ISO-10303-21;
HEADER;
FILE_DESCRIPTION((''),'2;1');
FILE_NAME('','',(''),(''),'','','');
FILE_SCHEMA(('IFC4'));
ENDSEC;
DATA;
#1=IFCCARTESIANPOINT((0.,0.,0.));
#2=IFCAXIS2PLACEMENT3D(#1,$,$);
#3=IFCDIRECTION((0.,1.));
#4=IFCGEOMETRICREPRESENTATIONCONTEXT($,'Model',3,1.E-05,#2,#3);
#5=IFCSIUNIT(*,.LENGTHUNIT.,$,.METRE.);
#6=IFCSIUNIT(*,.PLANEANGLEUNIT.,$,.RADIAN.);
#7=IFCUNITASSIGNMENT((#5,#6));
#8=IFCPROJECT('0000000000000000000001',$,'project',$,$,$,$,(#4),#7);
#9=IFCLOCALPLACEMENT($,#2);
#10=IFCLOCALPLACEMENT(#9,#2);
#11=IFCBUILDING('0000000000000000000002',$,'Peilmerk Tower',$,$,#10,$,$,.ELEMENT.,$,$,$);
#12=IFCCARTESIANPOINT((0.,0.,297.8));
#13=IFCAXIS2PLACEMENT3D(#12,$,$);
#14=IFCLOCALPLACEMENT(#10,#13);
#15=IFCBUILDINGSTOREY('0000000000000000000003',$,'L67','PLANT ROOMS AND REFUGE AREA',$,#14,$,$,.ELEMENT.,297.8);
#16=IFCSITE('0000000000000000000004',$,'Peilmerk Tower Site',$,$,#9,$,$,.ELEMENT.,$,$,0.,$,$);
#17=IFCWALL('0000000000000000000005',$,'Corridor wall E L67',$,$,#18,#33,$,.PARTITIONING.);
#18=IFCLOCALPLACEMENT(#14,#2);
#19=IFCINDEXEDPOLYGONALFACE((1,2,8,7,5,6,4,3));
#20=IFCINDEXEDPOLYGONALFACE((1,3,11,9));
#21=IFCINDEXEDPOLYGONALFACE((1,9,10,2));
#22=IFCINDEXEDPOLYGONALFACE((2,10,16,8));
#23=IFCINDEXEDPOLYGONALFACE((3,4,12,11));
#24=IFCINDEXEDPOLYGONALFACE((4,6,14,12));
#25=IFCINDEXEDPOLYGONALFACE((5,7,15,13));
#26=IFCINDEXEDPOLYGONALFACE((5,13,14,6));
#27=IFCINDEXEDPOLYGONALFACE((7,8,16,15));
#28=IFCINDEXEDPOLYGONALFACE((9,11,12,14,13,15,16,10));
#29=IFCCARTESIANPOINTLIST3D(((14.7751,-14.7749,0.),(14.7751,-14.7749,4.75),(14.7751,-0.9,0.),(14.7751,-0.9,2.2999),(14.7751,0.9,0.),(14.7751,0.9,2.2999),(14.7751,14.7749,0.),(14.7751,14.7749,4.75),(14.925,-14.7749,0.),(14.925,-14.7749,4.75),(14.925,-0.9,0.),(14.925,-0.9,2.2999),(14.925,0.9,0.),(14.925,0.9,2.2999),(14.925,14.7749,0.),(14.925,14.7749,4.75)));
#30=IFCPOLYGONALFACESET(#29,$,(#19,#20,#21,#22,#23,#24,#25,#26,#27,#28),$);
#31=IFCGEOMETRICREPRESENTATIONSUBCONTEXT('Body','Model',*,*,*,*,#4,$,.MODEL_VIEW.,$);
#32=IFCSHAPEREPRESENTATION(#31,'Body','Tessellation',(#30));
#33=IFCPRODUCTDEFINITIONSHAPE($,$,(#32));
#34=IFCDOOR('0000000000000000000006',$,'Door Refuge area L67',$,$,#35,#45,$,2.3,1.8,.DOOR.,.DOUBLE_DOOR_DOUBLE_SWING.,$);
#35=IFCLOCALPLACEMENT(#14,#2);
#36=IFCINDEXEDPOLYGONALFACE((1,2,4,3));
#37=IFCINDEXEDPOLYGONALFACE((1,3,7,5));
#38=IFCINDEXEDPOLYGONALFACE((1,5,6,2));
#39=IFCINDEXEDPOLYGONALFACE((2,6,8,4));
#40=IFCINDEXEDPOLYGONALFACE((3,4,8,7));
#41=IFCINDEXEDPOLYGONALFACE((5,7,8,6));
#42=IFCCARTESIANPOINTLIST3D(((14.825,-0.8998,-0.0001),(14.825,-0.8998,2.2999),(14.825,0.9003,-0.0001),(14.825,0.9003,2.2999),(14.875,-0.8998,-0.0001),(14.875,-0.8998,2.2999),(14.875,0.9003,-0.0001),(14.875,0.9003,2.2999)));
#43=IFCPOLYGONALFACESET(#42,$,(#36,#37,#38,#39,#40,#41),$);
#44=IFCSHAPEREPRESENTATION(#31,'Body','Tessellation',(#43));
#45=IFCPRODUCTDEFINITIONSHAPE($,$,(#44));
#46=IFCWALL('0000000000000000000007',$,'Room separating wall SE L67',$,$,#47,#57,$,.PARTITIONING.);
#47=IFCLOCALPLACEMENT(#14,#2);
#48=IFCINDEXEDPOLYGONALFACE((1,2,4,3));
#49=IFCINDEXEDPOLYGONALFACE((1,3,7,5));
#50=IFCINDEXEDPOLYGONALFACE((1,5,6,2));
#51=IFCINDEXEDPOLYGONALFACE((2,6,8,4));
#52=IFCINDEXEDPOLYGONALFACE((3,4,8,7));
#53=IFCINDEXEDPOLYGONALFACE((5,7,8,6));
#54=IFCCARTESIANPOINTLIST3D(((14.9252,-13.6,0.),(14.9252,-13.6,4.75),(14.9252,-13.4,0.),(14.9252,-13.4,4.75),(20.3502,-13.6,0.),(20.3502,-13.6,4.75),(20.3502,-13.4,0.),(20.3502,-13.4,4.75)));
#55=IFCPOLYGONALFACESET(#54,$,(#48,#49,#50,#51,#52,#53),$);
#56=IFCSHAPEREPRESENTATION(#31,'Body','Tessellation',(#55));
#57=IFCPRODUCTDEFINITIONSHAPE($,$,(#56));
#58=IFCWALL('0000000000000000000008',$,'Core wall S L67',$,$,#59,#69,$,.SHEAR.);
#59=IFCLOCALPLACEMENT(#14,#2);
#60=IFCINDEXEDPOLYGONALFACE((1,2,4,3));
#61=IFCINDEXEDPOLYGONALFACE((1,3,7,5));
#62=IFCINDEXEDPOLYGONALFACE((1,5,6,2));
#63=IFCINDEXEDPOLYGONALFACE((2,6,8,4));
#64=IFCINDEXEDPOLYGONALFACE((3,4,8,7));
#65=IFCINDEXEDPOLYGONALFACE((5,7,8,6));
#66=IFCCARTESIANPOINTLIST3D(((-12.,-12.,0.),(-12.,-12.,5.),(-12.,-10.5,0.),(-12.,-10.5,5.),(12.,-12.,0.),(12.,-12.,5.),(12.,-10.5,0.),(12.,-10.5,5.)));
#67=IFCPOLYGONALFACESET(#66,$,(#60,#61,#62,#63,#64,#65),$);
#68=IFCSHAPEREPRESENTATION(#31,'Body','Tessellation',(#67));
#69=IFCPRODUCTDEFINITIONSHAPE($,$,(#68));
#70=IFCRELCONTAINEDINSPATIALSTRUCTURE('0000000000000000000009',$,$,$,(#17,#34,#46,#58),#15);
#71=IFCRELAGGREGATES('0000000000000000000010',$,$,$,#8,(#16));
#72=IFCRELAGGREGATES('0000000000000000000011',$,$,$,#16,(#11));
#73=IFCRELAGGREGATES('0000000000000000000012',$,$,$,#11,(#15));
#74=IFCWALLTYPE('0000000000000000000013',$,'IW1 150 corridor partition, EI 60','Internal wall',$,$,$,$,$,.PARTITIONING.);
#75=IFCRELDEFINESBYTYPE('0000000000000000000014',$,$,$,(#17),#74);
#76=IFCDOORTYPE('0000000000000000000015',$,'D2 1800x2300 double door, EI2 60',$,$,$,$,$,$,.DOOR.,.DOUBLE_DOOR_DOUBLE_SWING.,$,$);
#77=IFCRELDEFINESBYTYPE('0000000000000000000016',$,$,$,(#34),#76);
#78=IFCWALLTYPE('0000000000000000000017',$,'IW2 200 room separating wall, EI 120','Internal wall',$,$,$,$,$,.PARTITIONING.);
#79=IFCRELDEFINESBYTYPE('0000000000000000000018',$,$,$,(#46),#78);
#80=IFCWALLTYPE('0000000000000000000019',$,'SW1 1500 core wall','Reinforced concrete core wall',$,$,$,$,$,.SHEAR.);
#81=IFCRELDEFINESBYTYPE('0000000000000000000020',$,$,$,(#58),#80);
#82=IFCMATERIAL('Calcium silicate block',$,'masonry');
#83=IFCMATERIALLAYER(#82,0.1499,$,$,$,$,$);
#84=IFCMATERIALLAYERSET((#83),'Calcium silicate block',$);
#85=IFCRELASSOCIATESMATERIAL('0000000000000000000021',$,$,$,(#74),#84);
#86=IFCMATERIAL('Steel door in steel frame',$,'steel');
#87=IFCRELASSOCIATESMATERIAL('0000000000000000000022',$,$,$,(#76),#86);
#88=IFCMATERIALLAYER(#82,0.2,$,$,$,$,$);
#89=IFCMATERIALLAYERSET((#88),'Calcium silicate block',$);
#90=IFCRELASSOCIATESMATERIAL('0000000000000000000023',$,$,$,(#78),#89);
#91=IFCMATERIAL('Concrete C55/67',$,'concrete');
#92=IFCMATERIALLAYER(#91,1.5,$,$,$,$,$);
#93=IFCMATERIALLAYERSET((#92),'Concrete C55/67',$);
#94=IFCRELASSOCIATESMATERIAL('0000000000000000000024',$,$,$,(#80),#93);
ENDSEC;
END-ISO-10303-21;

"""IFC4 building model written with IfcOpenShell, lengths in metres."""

from ifc_helpers import new_model, si_unit, direction, frame, frame_2d, origin, place, context, subcontext, project, spatial, rectangle, extrude, material, layer, layer_set, type_object, element, fill, save


model = new_model("IFC4")

# Units and contexts
model_context = context("Model", 3, precision=1e-05, world=origin(), true_north=direction((0.0, 1.0)))
body_context = subcontext(model_context, "Body", "Model", "MODEL_VIEW")
ifc_project = project(units=[si_unit("LENGTHUNIT", "METRE"), si_unit("PLANEANGLEUNIT", "RADIAN")], contexts=[model_context])

# Site, building, storey
site_placement = place(None, origin())
site = spatial("IfcSite", under=ifc_project, at=site_placement, Name="Peilmerk Tower Site", CompositionType="ELEMENT", RefElevation=0.0)
building_placement = place(site_placement, origin())
building = spatial("IfcBuilding", under=site, at=building_placement, Name="Peilmerk Tower", CompositionType="ELEMENT")
storey_placement = place(building_placement, frame((0.0, 0.0, 297.8)))
storey = spatial("IfcBuildingStorey", under=building, at=storey_placement, Name="L67", Description="PLANT ROOMS AND REFUGE AREA", CompositionType="ELEMENT", Elevation=297.8)

# Wall, opening, door
ifc_material_1 = material(Name="Calcium silicate block", Category="masonry")
ifc_layer_1 = layer(ifc_material_1, 0.1499)
ifc_layer_set_1 = layer_set([ifc_layer_1], Name="Calcium silicate block")
wall_type_1 = type_object("IfcWallType", Name="IW1 150 corridor partition, EI 60", Description="Internal wall", PredefinedType="PARTITIONING", material=ifc_layer_set_1)
ifc_material_2 = material(Name="Steel door in steel frame", Category="steel")
door_type = type_object("IfcDoorType", Name="D2 1800x2300 double door, EI2 60", OperationType="DOUBLE_DOOR_DOUBLE_SWING", PredefinedType="DOOR", material=ifc_material_2)
wall_1_placement = place(storey_placement, frame((14.8501, -14.7749, 0.0), z_axis=(0.0, 0.0, 1.0), x_axis=(0.0, 1.0, 0.0)))
wall_1 = element("IfcWall", 1, at=wall_1_placement, inside=storey, type_object=wall_type_1, Name="Corridor wall E L67", PredefinedType="PARTITIONING", context=body_context, shape_type="SweptSolid", body=[
    extrude(rectangle(XDim=29.5498, YDim=0.1499, at=frame_2d((14.7749, 0.0))), origin(), (0.0, 0.0, 1.0), 4.75),
])
opening_1_placement = place(wall_1_placement, frame((13.875, 0.0, 0.0)))
opening_1 = element("IfcOpeningElement", 2, at=opening_1_placement, cuts=wall_1, PredefinedType="OPENING", context=body_context, shape_type="SweptSolid", body=[
    extrude(rectangle(XDim=1.8, YDim=2.3, at=frame_2d((0.8999, 1.1499))), frame((0.0, 0.085, 0.0), z_axis=(0.0, -1.0, 0.0), x_axis=(1.0, 0.0, 0.0)), (0.0, 0.0, 1.0), 0.1699),
])
door_1_placement = place(opening_1_placement, frame((1.8, 0.0, 0.0), z_axis=(0.0, 0.0, 1.0), x_axis=(-1.0, 0.0, 0.0)))
door_1 = element("IfcDoor", 3, at=door_1_placement, inside=storey, type_object=door_type, Name="Door Refuge area L67", OperationType="DOUBLE_DOOR_DOUBLE_SWING", OverallHeight=2.3, OverallWidth=1.8, PredefinedType="DOOR", context=body_context, shape_type="SweptSolid", body=[
    extrude(rectangle(XDim=1.8, YDim=2.3, at=frame_2d((0.8999, 1.1499))), frame((0.0, 0.0249, 0.0), z_axis=(0.0, -1.0, 0.0), x_axis=(1.0, 0.0, 0.0)), (0.0, 0.0, 1.0), 0.05),
])
fill(opening_1, door_1)

# Walls
ifc_layer_2 = layer(ifc_material_1, 0.2)
ifc_layer_set_2 = layer_set([ifc_layer_2], Name="Calcium silicate block")
wall_type_2 = type_object("IfcWallType", Name="IW2 200 room separating wall, EI 120", Description="Internal wall", PredefinedType="PARTITIONING", material=ifc_layer_set_2)
wall_2_placement = place(storey_placement, frame((20.3501, -13.5, 0.0), z_axis=(0.0, 0.0, 1.0), x_axis=(-1.0, 0.0, 0.0)))
element("IfcWall", 4, at=wall_2_placement, inside=storey, type_object=wall_type_2, Name="Room separating wall SE L67", PredefinedType="PARTITIONING", context=body_context, shape_type="SweptSolid", body=[
    extrude(rectangle(XDim=5.425, YDim=0.2, at=frame_2d((2.7124, 0.0))), origin(), (0.0, 0.0, 1.0), 4.75),
])
ifc_material_3 = material(Name="Concrete C55/67", Category="concrete")
ifc_layer_3 = layer(ifc_material_3, 1.5)
ifc_layer_set_3 = layer_set([ifc_layer_3], Name="Concrete C55/67")
wall_type_3 = type_object("IfcWallType", Name="SW1 1500 core wall", Description="Reinforced concrete core wall", PredefinedType="SHEAR", material=ifc_layer_set_3)
wall_3_placement = place(storey_placement, frame((12.0, -11.25, 0.0), z_axis=(0.0, 0.0, 1.0), x_axis=(-1.0, 0.0, 0.0)))
element("IfcWall", 5, at=wall_3_placement, inside=storey, type_object=wall_type_3, Name="Core wall S L67", PredefinedType="SHEAR", context=body_context, shape_type="SweptSolid", body=[
    extrude(rectangle(XDim=24.0, YDim=1.5, at=frame_2d((12.0, 0.0))), origin(), (0.0, 0.0, 1.0), 5.0),
])

save(model, "model.ifc")
